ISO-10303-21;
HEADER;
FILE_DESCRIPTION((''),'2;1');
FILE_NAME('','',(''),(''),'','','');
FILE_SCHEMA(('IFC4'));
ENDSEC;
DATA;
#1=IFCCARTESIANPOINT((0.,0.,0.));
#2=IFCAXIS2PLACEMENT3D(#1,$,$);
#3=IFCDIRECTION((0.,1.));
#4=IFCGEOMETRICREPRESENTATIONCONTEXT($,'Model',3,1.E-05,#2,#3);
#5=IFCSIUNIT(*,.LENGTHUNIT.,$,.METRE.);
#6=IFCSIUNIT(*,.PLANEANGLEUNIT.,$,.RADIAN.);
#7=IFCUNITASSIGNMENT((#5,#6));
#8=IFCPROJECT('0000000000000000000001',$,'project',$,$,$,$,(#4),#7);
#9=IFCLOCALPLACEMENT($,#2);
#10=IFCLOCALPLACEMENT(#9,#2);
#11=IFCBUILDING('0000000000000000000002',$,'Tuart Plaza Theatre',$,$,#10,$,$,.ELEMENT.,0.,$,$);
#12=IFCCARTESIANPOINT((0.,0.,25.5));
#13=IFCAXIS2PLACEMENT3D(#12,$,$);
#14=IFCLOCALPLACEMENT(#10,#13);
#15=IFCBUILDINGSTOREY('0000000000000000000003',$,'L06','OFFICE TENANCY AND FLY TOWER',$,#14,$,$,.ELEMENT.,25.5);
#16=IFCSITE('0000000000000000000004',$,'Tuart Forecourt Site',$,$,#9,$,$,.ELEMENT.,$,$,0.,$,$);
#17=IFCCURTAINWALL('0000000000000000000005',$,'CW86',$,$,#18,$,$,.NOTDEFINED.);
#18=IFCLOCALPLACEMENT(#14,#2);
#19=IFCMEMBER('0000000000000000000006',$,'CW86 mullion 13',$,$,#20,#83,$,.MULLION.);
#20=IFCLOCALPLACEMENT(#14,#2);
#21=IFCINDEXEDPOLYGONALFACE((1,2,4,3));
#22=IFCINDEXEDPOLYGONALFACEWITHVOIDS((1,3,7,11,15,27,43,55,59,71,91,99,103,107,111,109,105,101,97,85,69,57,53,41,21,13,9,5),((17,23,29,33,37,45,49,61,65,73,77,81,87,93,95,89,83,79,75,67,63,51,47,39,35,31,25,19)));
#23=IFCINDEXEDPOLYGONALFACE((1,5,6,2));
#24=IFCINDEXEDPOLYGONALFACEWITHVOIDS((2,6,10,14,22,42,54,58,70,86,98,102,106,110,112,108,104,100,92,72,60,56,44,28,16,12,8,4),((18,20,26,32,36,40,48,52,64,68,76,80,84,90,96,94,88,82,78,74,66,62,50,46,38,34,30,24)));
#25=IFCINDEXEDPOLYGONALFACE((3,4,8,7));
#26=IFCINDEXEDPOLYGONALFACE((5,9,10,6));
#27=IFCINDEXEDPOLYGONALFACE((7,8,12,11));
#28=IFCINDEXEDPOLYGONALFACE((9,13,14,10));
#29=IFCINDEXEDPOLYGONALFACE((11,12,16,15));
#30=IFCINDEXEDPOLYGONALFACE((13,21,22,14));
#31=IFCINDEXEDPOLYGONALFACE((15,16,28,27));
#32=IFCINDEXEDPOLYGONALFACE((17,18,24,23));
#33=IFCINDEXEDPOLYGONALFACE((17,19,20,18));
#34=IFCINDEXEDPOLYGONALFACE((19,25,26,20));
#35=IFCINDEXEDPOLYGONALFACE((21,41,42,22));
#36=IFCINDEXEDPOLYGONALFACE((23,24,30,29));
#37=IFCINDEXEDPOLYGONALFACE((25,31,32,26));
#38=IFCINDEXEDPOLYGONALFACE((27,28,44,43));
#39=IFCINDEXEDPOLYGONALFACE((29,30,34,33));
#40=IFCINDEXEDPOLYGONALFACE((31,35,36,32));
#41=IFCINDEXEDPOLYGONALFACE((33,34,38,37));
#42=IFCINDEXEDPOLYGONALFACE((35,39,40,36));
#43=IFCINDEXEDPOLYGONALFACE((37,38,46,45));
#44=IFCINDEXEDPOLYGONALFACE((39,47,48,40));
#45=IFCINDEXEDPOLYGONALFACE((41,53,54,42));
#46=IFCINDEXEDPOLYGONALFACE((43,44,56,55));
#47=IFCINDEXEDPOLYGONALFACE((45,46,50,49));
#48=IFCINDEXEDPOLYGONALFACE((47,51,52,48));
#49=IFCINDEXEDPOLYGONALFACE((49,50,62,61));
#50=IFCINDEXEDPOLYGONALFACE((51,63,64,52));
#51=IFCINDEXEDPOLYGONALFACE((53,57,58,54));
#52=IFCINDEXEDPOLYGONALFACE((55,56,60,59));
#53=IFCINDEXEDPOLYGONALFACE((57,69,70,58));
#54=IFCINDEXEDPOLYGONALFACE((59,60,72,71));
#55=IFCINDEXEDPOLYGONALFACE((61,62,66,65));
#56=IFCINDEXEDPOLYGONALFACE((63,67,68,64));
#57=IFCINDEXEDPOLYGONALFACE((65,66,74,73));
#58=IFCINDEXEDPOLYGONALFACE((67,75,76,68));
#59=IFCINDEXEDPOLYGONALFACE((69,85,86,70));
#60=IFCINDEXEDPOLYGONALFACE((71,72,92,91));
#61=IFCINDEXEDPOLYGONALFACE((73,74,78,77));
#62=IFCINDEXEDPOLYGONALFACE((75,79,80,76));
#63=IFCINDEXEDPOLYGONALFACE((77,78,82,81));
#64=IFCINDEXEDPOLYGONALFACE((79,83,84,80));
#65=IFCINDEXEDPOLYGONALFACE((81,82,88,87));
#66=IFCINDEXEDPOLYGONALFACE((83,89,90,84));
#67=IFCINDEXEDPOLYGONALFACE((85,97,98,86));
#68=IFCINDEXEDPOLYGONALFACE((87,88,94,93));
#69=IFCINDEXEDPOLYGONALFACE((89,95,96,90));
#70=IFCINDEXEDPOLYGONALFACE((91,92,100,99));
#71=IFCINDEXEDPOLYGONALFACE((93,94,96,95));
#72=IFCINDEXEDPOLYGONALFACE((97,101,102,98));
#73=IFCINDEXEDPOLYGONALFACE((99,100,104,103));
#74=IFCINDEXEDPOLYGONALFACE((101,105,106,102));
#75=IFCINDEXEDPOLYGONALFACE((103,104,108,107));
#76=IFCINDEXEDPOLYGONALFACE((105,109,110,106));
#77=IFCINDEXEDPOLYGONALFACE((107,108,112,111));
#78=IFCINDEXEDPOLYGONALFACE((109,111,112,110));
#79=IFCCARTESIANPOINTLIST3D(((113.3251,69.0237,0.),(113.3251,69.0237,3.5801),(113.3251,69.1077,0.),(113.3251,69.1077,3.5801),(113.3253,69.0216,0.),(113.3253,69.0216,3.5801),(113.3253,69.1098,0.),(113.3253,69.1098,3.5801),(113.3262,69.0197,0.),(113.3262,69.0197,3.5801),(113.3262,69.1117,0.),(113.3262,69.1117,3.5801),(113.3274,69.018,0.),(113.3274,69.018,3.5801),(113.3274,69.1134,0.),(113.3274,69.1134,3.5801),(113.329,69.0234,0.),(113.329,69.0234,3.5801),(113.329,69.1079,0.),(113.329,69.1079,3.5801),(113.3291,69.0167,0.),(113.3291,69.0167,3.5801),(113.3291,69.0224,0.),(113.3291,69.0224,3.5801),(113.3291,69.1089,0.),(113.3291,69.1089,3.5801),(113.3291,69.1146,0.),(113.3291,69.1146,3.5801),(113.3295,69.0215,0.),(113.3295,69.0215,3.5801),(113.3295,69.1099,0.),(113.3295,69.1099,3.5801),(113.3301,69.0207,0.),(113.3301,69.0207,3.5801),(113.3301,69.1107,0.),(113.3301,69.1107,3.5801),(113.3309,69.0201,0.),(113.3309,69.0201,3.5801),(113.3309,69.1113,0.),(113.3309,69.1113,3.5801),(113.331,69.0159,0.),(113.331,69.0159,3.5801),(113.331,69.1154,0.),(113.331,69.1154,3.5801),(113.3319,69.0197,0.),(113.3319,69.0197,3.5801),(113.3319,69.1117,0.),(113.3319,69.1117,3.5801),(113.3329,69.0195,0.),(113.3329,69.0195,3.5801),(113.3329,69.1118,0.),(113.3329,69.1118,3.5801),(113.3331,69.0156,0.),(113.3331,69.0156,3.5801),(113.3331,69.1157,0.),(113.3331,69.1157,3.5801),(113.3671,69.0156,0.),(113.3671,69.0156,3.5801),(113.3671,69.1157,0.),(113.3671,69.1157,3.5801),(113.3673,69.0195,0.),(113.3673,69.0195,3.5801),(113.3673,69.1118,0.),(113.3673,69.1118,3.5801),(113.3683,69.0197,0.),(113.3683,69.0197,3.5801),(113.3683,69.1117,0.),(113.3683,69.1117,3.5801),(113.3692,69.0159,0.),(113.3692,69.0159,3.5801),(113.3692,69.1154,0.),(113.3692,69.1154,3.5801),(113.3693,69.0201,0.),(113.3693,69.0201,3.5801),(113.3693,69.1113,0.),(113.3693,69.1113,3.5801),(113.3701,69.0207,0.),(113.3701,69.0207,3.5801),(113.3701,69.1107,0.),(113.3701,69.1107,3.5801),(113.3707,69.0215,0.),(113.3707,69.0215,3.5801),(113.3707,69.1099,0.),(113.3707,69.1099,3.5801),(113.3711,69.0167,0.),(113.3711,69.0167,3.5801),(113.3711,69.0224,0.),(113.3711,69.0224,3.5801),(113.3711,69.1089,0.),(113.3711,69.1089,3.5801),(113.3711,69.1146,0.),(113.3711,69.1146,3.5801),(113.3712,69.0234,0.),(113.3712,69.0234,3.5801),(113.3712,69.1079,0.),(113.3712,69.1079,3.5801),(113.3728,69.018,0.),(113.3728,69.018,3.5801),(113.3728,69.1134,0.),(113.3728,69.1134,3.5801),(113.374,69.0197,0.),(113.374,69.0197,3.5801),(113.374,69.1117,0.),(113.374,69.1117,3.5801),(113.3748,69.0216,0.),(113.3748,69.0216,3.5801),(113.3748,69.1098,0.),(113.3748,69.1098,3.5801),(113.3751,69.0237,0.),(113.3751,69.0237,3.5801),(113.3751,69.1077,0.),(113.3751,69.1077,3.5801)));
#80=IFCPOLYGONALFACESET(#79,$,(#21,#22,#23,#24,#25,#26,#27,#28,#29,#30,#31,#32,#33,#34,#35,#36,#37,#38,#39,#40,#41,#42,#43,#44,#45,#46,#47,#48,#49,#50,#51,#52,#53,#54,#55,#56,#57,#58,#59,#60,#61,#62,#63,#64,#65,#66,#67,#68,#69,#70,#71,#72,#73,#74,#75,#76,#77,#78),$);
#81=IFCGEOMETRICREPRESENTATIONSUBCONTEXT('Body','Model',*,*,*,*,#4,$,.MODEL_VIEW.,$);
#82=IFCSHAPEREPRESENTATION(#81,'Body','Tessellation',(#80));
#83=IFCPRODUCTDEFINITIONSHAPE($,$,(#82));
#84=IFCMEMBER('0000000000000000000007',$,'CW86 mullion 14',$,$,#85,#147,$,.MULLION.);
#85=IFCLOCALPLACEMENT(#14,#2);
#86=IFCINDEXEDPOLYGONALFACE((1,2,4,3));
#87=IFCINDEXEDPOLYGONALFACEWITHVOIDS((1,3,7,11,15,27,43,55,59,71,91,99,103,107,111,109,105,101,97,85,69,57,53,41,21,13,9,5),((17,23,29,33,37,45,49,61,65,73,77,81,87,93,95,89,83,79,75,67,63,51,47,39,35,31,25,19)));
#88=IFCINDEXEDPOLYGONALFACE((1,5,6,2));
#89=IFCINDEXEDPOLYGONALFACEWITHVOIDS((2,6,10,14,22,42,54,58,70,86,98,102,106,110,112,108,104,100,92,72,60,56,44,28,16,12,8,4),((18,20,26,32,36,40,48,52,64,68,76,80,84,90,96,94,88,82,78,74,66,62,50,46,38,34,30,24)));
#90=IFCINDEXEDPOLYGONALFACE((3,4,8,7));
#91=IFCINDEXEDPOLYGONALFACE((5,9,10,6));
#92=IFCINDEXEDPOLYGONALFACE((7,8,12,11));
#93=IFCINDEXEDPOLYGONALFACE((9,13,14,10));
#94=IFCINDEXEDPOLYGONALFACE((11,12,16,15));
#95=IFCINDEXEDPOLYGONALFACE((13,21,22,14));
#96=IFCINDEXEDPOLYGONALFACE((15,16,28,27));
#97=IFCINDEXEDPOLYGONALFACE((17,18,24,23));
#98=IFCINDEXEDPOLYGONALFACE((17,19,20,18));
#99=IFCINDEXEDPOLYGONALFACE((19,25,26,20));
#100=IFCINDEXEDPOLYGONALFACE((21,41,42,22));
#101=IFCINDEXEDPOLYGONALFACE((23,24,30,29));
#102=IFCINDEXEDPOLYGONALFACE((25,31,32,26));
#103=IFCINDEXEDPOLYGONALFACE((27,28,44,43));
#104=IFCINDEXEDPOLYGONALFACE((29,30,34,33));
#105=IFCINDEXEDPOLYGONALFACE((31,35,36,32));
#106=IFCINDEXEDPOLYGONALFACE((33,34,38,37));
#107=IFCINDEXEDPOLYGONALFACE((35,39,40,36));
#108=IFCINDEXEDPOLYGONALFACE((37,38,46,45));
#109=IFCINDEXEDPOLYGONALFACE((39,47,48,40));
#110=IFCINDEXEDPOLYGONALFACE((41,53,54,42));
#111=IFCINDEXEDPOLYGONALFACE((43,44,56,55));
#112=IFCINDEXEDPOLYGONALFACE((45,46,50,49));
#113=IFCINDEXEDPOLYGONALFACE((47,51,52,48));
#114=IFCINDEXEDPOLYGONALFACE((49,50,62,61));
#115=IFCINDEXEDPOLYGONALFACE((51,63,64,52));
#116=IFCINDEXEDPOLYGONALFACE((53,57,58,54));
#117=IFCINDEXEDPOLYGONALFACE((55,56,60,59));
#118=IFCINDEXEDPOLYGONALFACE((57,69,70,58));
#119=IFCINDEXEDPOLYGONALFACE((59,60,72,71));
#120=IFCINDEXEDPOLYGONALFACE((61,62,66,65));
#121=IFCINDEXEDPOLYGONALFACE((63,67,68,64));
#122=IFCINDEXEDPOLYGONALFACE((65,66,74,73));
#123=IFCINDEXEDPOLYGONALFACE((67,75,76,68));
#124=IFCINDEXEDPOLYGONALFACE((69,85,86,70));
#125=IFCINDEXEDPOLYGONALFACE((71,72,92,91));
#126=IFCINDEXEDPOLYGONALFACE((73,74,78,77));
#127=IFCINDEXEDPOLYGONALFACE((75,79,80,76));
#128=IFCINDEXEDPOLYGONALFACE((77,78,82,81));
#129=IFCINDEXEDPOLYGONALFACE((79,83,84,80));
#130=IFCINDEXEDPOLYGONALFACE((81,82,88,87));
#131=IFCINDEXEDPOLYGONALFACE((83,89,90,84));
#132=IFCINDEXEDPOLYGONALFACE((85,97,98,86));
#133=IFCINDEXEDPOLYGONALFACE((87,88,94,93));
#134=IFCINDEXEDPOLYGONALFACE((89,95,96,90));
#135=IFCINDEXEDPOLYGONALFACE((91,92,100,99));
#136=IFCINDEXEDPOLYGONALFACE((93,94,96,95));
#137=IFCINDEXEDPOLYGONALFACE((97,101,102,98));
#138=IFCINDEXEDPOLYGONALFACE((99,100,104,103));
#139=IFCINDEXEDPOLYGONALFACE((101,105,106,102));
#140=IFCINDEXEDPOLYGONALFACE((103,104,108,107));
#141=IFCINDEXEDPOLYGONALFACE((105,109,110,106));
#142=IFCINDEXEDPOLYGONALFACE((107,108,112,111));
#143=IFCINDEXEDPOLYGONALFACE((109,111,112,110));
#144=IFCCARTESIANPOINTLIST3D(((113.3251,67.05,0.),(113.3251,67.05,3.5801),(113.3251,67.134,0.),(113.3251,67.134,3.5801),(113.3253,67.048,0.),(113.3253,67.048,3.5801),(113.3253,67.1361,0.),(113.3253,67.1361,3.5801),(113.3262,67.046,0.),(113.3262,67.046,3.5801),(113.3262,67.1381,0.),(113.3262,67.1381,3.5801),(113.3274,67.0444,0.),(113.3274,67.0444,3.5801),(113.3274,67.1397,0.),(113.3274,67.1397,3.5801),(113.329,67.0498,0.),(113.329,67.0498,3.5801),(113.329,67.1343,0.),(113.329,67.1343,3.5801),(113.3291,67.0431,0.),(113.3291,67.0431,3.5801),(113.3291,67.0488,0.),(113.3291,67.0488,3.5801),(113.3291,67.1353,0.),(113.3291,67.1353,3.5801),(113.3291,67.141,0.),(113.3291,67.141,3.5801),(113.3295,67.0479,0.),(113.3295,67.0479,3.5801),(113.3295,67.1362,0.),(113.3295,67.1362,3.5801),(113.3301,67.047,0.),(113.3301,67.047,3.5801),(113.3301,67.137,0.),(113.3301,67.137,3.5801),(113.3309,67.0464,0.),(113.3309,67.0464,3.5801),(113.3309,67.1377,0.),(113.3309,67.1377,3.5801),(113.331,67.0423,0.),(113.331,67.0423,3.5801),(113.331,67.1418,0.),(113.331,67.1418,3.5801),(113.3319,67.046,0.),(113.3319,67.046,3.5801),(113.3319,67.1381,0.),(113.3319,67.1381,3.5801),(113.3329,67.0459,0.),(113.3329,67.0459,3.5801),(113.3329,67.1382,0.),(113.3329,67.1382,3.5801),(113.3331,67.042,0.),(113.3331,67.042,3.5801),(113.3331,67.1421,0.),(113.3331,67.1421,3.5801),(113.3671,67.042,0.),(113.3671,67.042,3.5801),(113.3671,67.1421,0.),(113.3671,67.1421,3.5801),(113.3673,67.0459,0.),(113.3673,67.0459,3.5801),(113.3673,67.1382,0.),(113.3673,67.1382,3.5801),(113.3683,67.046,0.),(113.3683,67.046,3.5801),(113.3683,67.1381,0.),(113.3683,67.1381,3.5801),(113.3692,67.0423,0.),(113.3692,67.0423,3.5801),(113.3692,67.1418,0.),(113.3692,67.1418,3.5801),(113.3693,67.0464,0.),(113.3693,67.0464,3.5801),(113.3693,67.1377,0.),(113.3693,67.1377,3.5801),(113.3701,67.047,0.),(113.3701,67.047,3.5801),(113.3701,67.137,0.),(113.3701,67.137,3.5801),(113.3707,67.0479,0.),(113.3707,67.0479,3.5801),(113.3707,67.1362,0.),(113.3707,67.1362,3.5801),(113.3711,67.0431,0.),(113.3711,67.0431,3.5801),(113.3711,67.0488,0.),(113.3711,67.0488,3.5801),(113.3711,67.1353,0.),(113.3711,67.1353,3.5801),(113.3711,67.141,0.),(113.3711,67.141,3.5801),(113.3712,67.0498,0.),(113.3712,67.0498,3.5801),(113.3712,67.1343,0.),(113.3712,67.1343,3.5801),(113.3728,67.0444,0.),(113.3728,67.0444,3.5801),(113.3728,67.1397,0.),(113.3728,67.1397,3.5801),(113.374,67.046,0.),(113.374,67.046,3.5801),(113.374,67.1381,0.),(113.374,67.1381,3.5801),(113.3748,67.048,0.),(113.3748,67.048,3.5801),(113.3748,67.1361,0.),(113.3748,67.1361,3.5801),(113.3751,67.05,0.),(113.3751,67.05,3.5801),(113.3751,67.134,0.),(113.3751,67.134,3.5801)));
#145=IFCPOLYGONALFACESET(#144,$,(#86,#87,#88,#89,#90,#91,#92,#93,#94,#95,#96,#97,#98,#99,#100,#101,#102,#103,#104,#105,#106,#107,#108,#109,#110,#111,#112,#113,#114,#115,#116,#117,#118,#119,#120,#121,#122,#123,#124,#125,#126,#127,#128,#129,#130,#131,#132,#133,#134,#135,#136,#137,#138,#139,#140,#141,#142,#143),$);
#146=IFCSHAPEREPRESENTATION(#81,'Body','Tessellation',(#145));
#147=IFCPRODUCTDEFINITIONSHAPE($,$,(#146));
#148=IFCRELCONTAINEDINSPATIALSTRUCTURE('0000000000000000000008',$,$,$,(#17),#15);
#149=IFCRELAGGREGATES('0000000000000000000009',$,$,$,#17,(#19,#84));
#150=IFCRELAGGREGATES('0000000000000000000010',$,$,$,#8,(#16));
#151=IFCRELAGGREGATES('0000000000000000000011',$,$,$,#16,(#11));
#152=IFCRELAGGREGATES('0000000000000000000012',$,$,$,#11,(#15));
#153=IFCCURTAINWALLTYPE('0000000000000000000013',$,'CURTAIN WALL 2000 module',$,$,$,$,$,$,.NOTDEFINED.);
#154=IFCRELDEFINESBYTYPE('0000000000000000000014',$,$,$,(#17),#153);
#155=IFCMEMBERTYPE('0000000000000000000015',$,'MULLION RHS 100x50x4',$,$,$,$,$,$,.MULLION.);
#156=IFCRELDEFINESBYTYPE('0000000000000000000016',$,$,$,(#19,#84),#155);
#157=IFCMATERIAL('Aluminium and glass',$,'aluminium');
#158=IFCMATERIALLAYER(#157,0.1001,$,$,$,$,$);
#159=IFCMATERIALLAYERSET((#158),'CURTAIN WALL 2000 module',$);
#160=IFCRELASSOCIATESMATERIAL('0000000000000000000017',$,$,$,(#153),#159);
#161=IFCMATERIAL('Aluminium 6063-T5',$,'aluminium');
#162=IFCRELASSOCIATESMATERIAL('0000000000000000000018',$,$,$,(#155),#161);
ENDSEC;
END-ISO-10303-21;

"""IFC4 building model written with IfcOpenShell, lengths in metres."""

from ifc_helpers import new_model, si_unit, direction, frame, origin, origin_2d, place, context, subcontext, project, spatial, hollow_rectangle, extrude, material, layer, layer_set, material_profile, profile_set, type_object, element, aggregate, save


model = new_model("IFC4")

# Units and contexts
model_context = context("Model", 3, precision=1e-05, world=origin(), true_north=direction((0.0, 1.0)))
body_context = subcontext(model_context, "Body", "Model", "MODEL_VIEW")
ifc_project = project(units=[si_unit("LENGTHUNIT", "METRE"), si_unit("PLANEANGLEUNIT", "RADIAN")], contexts=[model_context])

# Site, building, storey
site_placement = place(None, origin())
site = spatial("IfcSite", under=ifc_project, at=site_placement, Name="Tuart Forecourt Site", CompositionType="ELEMENT", RefElevation=0.0)
building_placement = place(site_placement, origin())
building = spatial("IfcBuilding", under=site, at=building_placement, Name="Tuart Plaza Theatre", CompositionType="ELEMENT", ElevationOfRefHeight=0.0)
storey_placement = place(building_placement, frame((0.0, 0.0, 25.5)))
storey = spatial("IfcBuildingStorey", under=building, at=storey_placement, Name="L06", Description="OFFICE TENANCY AND FLY TOWER", CompositionType="ELEMENT", Elevation=25.5)

# Curtain wall, members
ifc_material_1 = material(Name="Aluminium and glass", Category="aluminium")
ifc_layer_1 = layer(ifc_material_1, 0.1001)
ifc_layer_set_1 = layer_set([ifc_layer_1], Name="CURTAIN WALL 2000 module")
curtain_wall_type = type_object("IfcCurtainWallType", Name="CURTAIN WALL 2000 module", PredefinedType="NOTDEFINED", material=ifc_layer_set_1)
curtain_wall_placement = place(storey_placement, origin())
curtain_wall = element("IfcCurtainWall", 1, at=curtain_wall_placement, inside=storey, type_object=curtain_wall_type, Name="CW86", PredefinedType="NOTDEFINED")
ifc_material_2 = material(Name="Aluminium 6063-T5", Category="aluminium")
ifc_material_profile_1 = material_profile(ifc_material_2, hollow_rectangle(XDim=0.05, YDim=0.1001, WallThickness=0.0039, InnerFilletRadius=0.0039, OuterFilletRadius=0.0081, at=origin_2d()), Name="RHS 100x50x4")
ifc_profile_set_1 = profile_set([ifc_material_profile_1], Name="Aluminium 6063-T5")
member_type_1 = type_object("IfcMemberType", Name="MULLION RHS 100x50x4", PredefinedType="MULLION", material=ifc_profile_set_1)
member_1_placement = place(storey_placement, frame((113.3501, 69.0657, 0.0), z_axis=(0.0, 0.0, 1.0), x_axis=(1.0, 0.0, 0.0)))
member_1 = element("IfcMember", 2, at=member_1_placement, type_object=member_type_1, Name="CW86 mullion 13", PredefinedType="MULLION", context=body_context, shape_type="SweptSolid", body=[
    extrude(hollow_rectangle(XDim=0.05, YDim=0.1001, WallThickness=0.0039, InnerFilletRadius=0.0039, OuterFilletRadius=0.0081, at=origin_2d()), origin(), (0.0, 0.0, 1.0), 3.5801),
])
member_2_placement = place(storey_placement, frame((113.3501, 67.092, 0.0), z_axis=(0.0, 0.0, 1.0), x_axis=(1.0, 0.0, 0.0)))
member_2 = element("IfcMember", 3, at=member_2_placement, type_object=member_type_1, Name="CW86 mullion 14", PredefinedType="MULLION", context=body_context, shape_type="SweptSolid", body=[
    extrude(hollow_rectangle(XDim=0.05, YDim=0.1001, WallThickness=0.0039, InnerFilletRadius=0.0039, OuterFilletRadius=0.0081, at=origin_2d()), origin(), (0.0, 0.0, 1.0), 3.5801),
])
aggregate(curtain_wall, [member_1, member_2])

save(model, "model.ifc")
